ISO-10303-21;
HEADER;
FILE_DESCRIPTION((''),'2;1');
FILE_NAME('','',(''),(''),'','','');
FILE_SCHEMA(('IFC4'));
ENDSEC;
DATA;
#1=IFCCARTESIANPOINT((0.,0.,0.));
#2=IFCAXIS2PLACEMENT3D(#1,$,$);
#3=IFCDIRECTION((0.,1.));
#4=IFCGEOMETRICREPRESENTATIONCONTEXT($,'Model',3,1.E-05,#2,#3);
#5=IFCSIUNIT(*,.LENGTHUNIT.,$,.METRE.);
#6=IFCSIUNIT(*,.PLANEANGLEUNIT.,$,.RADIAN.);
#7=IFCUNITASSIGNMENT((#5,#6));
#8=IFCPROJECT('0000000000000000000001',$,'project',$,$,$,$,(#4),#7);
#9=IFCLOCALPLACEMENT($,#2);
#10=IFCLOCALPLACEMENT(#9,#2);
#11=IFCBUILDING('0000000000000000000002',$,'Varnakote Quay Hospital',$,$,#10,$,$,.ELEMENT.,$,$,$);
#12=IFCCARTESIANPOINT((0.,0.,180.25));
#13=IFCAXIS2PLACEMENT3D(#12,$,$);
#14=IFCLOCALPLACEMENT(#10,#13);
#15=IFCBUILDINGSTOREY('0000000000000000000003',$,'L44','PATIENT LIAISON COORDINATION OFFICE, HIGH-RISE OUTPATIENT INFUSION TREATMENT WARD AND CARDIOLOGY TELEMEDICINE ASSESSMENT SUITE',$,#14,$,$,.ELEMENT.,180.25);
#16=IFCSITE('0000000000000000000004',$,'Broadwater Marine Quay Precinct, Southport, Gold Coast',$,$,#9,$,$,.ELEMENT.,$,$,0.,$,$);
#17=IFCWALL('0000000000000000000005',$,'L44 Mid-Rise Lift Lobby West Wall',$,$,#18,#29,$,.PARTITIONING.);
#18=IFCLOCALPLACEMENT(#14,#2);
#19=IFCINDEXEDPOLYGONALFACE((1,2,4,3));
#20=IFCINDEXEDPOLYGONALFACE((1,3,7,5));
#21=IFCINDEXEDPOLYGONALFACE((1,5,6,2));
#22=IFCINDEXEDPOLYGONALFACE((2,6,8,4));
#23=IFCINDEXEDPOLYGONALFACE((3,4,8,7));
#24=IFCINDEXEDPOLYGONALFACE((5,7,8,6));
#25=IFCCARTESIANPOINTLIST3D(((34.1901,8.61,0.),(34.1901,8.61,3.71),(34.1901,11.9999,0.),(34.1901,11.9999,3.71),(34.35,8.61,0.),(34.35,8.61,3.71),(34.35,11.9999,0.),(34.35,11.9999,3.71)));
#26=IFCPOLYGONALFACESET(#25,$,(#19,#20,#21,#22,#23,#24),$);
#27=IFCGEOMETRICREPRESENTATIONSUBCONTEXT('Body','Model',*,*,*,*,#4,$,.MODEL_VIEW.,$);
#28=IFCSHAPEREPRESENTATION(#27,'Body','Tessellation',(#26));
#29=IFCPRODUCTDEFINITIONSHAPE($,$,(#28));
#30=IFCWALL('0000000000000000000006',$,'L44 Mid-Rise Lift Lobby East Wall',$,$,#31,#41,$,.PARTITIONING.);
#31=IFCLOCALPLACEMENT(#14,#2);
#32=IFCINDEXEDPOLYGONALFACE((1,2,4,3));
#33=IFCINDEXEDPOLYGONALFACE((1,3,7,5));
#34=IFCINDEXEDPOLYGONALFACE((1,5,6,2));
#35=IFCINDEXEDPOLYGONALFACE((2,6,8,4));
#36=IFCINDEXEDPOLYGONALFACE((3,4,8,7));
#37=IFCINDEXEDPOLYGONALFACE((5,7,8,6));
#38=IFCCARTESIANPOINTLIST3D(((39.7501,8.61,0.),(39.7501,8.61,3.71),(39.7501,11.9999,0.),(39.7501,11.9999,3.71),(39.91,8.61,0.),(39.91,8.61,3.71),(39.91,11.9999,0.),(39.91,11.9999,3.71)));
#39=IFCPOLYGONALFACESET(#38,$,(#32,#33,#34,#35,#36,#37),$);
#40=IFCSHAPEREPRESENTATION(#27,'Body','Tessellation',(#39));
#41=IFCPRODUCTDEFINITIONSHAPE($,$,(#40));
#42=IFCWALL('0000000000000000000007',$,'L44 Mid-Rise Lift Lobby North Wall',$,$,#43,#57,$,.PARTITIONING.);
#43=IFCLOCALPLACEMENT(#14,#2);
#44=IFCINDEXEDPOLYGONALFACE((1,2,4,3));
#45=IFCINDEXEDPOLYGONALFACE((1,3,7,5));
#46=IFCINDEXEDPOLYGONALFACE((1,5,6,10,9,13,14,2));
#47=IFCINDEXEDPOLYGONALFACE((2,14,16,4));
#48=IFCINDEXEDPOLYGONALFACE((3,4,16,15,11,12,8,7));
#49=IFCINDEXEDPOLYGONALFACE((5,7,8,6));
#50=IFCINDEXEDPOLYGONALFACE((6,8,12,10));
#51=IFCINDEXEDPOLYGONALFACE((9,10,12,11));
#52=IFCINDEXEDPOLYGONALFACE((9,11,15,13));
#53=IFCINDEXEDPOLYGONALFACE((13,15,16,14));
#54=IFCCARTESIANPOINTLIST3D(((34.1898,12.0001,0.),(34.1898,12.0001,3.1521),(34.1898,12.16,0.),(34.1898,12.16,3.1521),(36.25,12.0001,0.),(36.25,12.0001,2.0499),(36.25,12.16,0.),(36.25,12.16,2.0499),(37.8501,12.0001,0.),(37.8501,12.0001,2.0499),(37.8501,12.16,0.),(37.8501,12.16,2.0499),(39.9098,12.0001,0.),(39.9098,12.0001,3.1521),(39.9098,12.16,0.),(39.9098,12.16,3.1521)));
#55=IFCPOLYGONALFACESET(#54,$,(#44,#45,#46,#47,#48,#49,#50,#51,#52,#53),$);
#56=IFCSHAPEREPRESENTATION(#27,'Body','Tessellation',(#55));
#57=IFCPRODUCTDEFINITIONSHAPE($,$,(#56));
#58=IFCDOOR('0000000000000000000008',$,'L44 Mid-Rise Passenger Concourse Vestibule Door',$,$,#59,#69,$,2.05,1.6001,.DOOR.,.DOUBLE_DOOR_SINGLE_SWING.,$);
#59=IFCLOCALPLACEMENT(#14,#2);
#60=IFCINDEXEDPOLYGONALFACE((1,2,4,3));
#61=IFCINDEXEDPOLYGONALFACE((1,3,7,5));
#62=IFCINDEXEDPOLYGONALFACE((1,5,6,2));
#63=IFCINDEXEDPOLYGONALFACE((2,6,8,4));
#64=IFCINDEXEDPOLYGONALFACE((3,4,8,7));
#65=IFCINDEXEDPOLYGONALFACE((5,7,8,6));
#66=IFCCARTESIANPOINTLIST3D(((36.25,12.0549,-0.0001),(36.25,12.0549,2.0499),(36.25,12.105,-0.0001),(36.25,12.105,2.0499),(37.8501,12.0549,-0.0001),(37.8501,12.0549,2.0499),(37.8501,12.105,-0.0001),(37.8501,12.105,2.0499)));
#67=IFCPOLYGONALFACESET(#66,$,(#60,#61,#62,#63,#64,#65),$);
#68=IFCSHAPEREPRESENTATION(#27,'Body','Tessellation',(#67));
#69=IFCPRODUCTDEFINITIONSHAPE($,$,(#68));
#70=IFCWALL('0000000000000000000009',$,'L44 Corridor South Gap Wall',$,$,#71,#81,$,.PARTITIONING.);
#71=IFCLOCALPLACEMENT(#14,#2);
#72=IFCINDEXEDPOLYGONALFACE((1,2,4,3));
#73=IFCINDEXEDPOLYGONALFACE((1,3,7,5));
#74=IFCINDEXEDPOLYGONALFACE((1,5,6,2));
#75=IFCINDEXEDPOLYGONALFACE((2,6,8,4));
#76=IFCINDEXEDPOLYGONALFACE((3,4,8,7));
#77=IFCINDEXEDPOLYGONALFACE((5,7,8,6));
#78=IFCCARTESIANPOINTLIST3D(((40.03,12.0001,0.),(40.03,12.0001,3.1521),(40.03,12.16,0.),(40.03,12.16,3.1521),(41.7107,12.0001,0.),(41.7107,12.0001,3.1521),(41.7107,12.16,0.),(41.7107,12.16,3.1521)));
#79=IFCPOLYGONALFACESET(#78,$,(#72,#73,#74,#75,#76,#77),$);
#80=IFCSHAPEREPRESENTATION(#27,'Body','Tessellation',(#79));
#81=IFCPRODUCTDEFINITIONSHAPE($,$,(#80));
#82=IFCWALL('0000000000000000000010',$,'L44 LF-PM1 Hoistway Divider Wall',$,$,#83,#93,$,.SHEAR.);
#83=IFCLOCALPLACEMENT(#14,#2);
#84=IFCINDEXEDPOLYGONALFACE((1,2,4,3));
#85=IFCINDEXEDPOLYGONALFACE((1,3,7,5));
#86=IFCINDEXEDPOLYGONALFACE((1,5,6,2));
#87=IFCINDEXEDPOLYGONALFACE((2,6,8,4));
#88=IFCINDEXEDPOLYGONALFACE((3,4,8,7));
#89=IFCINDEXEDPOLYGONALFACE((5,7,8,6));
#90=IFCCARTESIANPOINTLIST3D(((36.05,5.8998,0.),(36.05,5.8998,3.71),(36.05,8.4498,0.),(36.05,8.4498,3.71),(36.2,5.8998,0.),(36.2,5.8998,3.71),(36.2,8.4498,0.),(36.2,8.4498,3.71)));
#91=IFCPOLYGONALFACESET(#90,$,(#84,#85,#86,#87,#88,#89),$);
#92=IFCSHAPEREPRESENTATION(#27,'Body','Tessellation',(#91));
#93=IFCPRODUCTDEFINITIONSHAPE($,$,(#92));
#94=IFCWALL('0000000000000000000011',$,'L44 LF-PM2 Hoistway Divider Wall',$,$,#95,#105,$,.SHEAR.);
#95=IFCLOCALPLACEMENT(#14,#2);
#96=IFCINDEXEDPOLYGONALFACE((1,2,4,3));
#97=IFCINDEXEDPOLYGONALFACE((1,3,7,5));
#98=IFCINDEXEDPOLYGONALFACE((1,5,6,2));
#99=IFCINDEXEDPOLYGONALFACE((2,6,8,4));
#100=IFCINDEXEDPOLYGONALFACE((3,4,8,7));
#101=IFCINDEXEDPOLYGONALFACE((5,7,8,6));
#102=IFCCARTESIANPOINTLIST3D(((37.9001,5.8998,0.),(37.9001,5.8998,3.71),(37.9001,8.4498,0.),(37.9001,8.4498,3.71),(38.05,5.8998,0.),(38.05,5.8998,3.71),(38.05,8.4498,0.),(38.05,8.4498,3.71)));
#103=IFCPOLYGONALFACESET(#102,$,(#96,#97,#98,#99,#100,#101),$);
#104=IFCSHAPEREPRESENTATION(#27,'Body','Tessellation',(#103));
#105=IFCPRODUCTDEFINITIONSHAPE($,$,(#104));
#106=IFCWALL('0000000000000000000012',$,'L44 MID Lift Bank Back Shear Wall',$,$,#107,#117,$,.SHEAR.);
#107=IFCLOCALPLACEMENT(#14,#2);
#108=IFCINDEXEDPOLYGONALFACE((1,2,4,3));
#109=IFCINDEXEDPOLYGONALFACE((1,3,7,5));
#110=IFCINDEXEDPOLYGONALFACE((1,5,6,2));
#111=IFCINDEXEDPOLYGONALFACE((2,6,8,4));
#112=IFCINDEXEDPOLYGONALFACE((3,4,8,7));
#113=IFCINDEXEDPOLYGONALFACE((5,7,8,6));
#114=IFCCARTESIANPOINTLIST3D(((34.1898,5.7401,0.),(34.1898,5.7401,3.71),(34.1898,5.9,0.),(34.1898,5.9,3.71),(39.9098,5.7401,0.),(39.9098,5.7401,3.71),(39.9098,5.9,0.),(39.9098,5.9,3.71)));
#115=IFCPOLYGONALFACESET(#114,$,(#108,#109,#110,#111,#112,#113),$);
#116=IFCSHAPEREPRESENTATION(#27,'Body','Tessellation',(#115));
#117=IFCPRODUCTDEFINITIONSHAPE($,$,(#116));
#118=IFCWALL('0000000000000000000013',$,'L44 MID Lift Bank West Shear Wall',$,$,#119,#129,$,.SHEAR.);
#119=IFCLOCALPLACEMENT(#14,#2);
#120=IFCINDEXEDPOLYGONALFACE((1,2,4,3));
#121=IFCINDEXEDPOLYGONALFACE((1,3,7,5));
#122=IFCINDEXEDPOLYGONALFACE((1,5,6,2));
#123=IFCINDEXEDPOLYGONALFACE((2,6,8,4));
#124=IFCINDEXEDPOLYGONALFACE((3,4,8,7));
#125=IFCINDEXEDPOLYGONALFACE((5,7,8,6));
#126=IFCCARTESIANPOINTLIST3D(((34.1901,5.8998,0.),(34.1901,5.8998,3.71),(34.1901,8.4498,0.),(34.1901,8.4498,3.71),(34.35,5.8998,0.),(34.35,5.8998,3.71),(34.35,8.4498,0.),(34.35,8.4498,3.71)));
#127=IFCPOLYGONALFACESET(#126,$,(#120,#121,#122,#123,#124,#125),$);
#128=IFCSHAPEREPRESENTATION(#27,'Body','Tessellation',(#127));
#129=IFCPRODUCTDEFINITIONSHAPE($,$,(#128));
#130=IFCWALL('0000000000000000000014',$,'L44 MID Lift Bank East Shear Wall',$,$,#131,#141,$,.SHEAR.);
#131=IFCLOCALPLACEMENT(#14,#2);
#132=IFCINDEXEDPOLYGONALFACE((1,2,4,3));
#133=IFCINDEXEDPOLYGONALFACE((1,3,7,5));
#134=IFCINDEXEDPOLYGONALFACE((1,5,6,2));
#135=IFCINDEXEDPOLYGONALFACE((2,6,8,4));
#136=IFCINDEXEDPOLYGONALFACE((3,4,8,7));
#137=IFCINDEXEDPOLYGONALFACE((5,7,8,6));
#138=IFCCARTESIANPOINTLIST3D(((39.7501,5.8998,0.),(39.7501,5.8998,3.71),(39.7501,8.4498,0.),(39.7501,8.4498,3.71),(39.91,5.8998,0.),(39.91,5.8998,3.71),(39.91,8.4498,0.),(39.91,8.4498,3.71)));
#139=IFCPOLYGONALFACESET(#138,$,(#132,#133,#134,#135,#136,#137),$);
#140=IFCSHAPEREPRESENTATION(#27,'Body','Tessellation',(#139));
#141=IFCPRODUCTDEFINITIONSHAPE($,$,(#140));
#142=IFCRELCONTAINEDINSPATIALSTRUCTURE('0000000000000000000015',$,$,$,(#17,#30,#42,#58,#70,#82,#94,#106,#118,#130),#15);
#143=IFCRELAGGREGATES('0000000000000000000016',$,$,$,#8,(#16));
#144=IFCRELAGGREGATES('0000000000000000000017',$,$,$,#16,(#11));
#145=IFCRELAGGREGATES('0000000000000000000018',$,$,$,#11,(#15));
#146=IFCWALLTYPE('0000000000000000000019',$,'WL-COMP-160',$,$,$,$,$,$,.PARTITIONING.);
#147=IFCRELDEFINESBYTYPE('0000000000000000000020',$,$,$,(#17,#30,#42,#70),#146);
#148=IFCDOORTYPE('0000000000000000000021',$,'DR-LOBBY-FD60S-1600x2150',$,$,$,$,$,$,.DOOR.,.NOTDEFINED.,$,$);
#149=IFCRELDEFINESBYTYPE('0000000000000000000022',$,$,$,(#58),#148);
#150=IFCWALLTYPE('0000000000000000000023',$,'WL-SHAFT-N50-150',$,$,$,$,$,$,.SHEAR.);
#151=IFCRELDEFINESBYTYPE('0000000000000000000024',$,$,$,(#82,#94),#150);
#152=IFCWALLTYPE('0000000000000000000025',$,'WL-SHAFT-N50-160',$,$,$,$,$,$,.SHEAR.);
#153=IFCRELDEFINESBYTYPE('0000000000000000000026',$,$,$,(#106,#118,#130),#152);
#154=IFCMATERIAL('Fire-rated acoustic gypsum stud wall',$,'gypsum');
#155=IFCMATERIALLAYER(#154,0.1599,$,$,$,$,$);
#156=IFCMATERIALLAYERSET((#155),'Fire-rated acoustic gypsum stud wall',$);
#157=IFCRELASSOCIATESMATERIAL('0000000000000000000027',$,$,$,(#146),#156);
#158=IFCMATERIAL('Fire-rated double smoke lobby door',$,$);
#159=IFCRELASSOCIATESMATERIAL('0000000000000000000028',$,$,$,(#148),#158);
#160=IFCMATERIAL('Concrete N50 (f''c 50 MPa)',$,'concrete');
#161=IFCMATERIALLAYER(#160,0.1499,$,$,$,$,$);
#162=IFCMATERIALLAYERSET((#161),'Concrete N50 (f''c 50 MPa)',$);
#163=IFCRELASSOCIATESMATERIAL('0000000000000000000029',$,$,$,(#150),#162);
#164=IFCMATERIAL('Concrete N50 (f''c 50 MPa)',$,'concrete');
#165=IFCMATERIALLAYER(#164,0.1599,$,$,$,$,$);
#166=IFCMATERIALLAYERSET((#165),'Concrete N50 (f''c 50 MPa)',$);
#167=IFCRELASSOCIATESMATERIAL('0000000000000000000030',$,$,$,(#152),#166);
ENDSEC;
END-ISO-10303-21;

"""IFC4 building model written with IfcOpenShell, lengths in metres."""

from ifc_helpers import new_model, si_unit, direction, frame, frame_2d, origin, place, context, subcontext, project, spatial, rectangle, extrude, material, layer, layer_set, type_object, element, fill, save


model = new_model("IFC4")

# Units and contexts
model_context = context("Model", 3, precision=1e-05, world=origin(), true_north=direction((0.0, 1.0)))
body_context = subcontext(model_context, "Body", "Model", "MODEL_VIEW")
ifc_project = project(units=[si_unit("LENGTHUNIT", "METRE"), si_unit("PLANEANGLEUNIT", "RADIAN")], contexts=[model_context])

# Site, building, storey
site_placement = place(None, origin())
site = spatial("IfcSite", under=ifc_project, at=site_placement, Name="Broadwater Marine Quay Precinct, Southport, Gold Coast", CompositionType="ELEMENT", RefElevation=0.0)
building_placement = place(site_placement, origin())
building = spatial("IfcBuilding", under=site, at=building_placement, Name="Varnakote Quay Hospital", CompositionType="ELEMENT")
storey_placement = place(building_placement, frame((0.0, 0.0, 180.25)))
storey = spatial("IfcBuildingStorey", under=building, at=storey_placement, Name="L44", Description="PATIENT LIAISON COORDINATION OFFICE, HIGH-RISE OUTPATIENT INFUSION TREATMENT WARD AND CARDIOLOGY TELEMEDICINE ASSESSMENT SUITE", CompositionType="ELEMENT", Elevation=180.25)

# Walls
ifc_material_1 = material(Name="Fire-rated acoustic gypsum stud wall", Category="gypsum")
ifc_layer_1 = layer(ifc_material_1, 0.1599)
ifc_layer_set_1 = layer_set([ifc_layer_1], Name="Fire-rated acoustic gypsum stud wall")
wall_type_1 = type_object("IfcWallType", Name="WL-COMP-160", PredefinedType="PARTITIONING", material=ifc_layer_set_1)
for number, where, z_axis, x_axis, name in (
    (1, (34.27, 8.6101, 0.0), (0.0, 0.0, 1.0), (0.0, 1.0, 0.0), "L44 Mid-Rise Lift Lobby West Wall"),
    (2, (39.8301, 8.6101, 0.0), (0.0, 0.0, 1.0), (0.0, 1.0, 0.0), "L44 Mid-Rise Lift Lobby East Wall"),
):
    element("IfcWall", number, at=place(storey_placement, frame(where, z_axis=z_axis, x_axis=x_axis)), inside=storey, type_object=wall_type_1, Name=name, PredefinedType="PARTITIONING", context=body_context, shape_type="SweptSolid", body=[
        extrude(rectangle(XDim=3.3899, YDim=0.1599, at=frame_2d((1.6948, 0.0))), origin(), (0.0, 0.0, 1.0), 3.71),
    ])

# Wall, opening, door
wall_1_placement = place(storey_placement, frame((34.1899, 12.0801, 0.0), z_axis=(0.0, 0.0, 1.0), x_axis=(1.0, 0.0, 0.0)))
wall_1 = element("IfcWall", 3, at=wall_1_placement, inside=storey, type_object=wall_type_1, Name="L44 Mid-Rise Lift Lobby North Wall", PredefinedType="PARTITIONING", context=body_context, shape_type="SweptSolid", body=[
    extrude(rectangle(XDim=5.72, YDim=0.1599, at=frame_2d((2.8599, 0.0))), origin(), (0.0, 0.0, 1.0), 3.1521),
])
opening_1_placement = place(wall_1_placement, frame((2.0601, 0.0, 0.0)))
opening_1 = element("IfcOpeningElement", 4, at=opening_1_placement, cuts=wall_1, PredefinedType="OPENING", context=body_context, shape_type="SweptSolid", body=[
    extrude(rectangle(XDim=1.6001, YDim=2.05, at=frame_2d((0.8, 1.0249))), frame((0.0, 0.0898, 0.0), z_axis=(0.0, -1.0, 0.0), x_axis=(1.0, 0.0, 0.0)), (0.0, 0.0, 1.0), 0.1799),
])
ifc_material_2 = material(Name="Fire-rated double smoke lobby door")
door_type_1 = type_object("IfcDoorType", Name="DR-LOBBY-FD60S-1600x2150", OperationType="NOTDEFINED", PredefinedType="DOOR", material=ifc_material_2)
door_1_placement = place(opening_1_placement, origin())
door_1 = element("IfcDoor", 5, at=door_1_placement, inside=storey, type_object=door_type_1, Name="L44 Mid-Rise Passenger Concourse Vestibule Door", OperationType="DOUBLE_DOOR_SINGLE_SWING", OverallHeight=2.05, OverallWidth=1.6001, PredefinedType="DOOR", context=body_context, shape_type="SweptSolid", body=[
    extrude(rectangle(XDim=1.6001, YDim=2.05, at=frame_2d((0.8, 1.0249))), frame((0.0, 0.0249, 0.0), z_axis=(0.0, -1.0, 0.0), x_axis=(1.0, 0.0, 0.0)), (0.0, 0.0, 1.0), 0.05),
])
fill(opening_1, door_1)

# Walls
wall_2_placement = place(storey_placement, frame((40.03, 12.0801, 0.0), z_axis=(0.0, 0.0, 1.0), x_axis=(1.0, 0.0, 0.0)))
element("IfcWall", 6, at=wall_2_placement, inside=storey, type_object=wall_type_1, Name="L44 Corridor South Gap Wall", PredefinedType="PARTITIONING", context=body_context, shape_type="SweptSolid", body=[
    extrude(rectangle(XDim=1.6807, YDim=0.1599, at=frame_2d((0.8403, 0.0))), origin(), (0.0, 0.0, 1.0), 3.1521),
])
ifc_material_3 = material(Name="Concrete N50 (f'c 50 MPa)", Category="concrete")
ifc_layer_2 = layer(ifc_material_3, 0.1499)
ifc_layer_set_2 = layer_set([ifc_layer_2], Name="Concrete N50 (f'c 50 MPa)")
wall_type_2 = type_object("IfcWallType", Name="WL-SHAFT-N50-150", PredefinedType="SHEAR", material=ifc_layer_set_2)
for number, where, z_axis, x_axis, name in (
    (7, (36.125, 5.8999, 0.0), (0.0, 0.0, 1.0), (0.0, 1.0, 0.0), "L44 LF-PM1 Hoistway Divider Wall"),
    (8, (37.9751, 5.8999, 0.0), (0.0, 0.0, 1.0), (0.0, 1.0, 0.0), "L44 LF-PM2 Hoistway Divider Wall"),
):
    element("IfcWall", number, at=place(storey_placement, frame(where, z_axis=z_axis, x_axis=x_axis)), inside=storey, type_object=wall_type_2, Name=name, PredefinedType="SHEAR", context=body_context, shape_type="SweptSolid", body=[
        extrude(rectangle(XDim=2.55, YDim=0.1499, at=frame_2d((1.2749, 0.0))), origin(), (0.0, 0.0, 1.0), 3.71),
    ])
ifc_material_4 = material(Name="Concrete N50 (f'c 50 MPa)", Category="concrete")
ifc_layer_3 = layer(ifc_material_4, 0.1599)
ifc_layer_set_3 = layer_set([ifc_layer_3], Name="Concrete N50 (f'c 50 MPa)")
wall_type_3 = type_object("IfcWallType", Name="WL-SHAFT-N50-160", PredefinedType="SHEAR", material=ifc_layer_set_3)
wall_3_placement = place(storey_placement, frame((34.1899, 5.8201, 0.0), z_axis=(0.0, 0.0, 1.0), x_axis=(1.0, 0.0, 0.0)))
element("IfcWall", 9, at=wall_3_placement, inside=storey, type_object=wall_type_3, Name="L44 MID Lift Bank Back Shear Wall", PredefinedType="SHEAR", context=body_context, shape_type="SweptSolid", body=[
    extrude(rectangle(XDim=5.72, YDim=0.1599, at=frame_2d((2.8599, 0.0))), origin(), (0.0, 0.0, 1.0), 3.71),
])
for number, where, z_axis, x_axis, name in (
    (10, (34.27, 5.8999, 0.0), (0.0, 0.0, 1.0), (0.0, 1.0, 0.0), "L44 MID Lift Bank West Shear Wall"),
    (11, (39.8301, 5.8999, 0.0), (0.0, 0.0, 1.0), (0.0, 1.0, 0.0), "L44 MID Lift Bank East Shear Wall"),
):
    element("IfcWall", number, at=place(storey_placement, frame(where, z_axis=z_axis, x_axis=x_axis)), inside=storey, type_object=wall_type_3, Name=name, PredefinedType="SHEAR", context=body_context, shape_type="SweptSolid", body=[
        extrude(rectangle(XDim=2.55, YDim=0.1599, at=frame_2d((1.2749, 0.0))), origin(), (0.0, 0.0, 1.0), 3.71),
    ])

save(model, "model.ifc")
